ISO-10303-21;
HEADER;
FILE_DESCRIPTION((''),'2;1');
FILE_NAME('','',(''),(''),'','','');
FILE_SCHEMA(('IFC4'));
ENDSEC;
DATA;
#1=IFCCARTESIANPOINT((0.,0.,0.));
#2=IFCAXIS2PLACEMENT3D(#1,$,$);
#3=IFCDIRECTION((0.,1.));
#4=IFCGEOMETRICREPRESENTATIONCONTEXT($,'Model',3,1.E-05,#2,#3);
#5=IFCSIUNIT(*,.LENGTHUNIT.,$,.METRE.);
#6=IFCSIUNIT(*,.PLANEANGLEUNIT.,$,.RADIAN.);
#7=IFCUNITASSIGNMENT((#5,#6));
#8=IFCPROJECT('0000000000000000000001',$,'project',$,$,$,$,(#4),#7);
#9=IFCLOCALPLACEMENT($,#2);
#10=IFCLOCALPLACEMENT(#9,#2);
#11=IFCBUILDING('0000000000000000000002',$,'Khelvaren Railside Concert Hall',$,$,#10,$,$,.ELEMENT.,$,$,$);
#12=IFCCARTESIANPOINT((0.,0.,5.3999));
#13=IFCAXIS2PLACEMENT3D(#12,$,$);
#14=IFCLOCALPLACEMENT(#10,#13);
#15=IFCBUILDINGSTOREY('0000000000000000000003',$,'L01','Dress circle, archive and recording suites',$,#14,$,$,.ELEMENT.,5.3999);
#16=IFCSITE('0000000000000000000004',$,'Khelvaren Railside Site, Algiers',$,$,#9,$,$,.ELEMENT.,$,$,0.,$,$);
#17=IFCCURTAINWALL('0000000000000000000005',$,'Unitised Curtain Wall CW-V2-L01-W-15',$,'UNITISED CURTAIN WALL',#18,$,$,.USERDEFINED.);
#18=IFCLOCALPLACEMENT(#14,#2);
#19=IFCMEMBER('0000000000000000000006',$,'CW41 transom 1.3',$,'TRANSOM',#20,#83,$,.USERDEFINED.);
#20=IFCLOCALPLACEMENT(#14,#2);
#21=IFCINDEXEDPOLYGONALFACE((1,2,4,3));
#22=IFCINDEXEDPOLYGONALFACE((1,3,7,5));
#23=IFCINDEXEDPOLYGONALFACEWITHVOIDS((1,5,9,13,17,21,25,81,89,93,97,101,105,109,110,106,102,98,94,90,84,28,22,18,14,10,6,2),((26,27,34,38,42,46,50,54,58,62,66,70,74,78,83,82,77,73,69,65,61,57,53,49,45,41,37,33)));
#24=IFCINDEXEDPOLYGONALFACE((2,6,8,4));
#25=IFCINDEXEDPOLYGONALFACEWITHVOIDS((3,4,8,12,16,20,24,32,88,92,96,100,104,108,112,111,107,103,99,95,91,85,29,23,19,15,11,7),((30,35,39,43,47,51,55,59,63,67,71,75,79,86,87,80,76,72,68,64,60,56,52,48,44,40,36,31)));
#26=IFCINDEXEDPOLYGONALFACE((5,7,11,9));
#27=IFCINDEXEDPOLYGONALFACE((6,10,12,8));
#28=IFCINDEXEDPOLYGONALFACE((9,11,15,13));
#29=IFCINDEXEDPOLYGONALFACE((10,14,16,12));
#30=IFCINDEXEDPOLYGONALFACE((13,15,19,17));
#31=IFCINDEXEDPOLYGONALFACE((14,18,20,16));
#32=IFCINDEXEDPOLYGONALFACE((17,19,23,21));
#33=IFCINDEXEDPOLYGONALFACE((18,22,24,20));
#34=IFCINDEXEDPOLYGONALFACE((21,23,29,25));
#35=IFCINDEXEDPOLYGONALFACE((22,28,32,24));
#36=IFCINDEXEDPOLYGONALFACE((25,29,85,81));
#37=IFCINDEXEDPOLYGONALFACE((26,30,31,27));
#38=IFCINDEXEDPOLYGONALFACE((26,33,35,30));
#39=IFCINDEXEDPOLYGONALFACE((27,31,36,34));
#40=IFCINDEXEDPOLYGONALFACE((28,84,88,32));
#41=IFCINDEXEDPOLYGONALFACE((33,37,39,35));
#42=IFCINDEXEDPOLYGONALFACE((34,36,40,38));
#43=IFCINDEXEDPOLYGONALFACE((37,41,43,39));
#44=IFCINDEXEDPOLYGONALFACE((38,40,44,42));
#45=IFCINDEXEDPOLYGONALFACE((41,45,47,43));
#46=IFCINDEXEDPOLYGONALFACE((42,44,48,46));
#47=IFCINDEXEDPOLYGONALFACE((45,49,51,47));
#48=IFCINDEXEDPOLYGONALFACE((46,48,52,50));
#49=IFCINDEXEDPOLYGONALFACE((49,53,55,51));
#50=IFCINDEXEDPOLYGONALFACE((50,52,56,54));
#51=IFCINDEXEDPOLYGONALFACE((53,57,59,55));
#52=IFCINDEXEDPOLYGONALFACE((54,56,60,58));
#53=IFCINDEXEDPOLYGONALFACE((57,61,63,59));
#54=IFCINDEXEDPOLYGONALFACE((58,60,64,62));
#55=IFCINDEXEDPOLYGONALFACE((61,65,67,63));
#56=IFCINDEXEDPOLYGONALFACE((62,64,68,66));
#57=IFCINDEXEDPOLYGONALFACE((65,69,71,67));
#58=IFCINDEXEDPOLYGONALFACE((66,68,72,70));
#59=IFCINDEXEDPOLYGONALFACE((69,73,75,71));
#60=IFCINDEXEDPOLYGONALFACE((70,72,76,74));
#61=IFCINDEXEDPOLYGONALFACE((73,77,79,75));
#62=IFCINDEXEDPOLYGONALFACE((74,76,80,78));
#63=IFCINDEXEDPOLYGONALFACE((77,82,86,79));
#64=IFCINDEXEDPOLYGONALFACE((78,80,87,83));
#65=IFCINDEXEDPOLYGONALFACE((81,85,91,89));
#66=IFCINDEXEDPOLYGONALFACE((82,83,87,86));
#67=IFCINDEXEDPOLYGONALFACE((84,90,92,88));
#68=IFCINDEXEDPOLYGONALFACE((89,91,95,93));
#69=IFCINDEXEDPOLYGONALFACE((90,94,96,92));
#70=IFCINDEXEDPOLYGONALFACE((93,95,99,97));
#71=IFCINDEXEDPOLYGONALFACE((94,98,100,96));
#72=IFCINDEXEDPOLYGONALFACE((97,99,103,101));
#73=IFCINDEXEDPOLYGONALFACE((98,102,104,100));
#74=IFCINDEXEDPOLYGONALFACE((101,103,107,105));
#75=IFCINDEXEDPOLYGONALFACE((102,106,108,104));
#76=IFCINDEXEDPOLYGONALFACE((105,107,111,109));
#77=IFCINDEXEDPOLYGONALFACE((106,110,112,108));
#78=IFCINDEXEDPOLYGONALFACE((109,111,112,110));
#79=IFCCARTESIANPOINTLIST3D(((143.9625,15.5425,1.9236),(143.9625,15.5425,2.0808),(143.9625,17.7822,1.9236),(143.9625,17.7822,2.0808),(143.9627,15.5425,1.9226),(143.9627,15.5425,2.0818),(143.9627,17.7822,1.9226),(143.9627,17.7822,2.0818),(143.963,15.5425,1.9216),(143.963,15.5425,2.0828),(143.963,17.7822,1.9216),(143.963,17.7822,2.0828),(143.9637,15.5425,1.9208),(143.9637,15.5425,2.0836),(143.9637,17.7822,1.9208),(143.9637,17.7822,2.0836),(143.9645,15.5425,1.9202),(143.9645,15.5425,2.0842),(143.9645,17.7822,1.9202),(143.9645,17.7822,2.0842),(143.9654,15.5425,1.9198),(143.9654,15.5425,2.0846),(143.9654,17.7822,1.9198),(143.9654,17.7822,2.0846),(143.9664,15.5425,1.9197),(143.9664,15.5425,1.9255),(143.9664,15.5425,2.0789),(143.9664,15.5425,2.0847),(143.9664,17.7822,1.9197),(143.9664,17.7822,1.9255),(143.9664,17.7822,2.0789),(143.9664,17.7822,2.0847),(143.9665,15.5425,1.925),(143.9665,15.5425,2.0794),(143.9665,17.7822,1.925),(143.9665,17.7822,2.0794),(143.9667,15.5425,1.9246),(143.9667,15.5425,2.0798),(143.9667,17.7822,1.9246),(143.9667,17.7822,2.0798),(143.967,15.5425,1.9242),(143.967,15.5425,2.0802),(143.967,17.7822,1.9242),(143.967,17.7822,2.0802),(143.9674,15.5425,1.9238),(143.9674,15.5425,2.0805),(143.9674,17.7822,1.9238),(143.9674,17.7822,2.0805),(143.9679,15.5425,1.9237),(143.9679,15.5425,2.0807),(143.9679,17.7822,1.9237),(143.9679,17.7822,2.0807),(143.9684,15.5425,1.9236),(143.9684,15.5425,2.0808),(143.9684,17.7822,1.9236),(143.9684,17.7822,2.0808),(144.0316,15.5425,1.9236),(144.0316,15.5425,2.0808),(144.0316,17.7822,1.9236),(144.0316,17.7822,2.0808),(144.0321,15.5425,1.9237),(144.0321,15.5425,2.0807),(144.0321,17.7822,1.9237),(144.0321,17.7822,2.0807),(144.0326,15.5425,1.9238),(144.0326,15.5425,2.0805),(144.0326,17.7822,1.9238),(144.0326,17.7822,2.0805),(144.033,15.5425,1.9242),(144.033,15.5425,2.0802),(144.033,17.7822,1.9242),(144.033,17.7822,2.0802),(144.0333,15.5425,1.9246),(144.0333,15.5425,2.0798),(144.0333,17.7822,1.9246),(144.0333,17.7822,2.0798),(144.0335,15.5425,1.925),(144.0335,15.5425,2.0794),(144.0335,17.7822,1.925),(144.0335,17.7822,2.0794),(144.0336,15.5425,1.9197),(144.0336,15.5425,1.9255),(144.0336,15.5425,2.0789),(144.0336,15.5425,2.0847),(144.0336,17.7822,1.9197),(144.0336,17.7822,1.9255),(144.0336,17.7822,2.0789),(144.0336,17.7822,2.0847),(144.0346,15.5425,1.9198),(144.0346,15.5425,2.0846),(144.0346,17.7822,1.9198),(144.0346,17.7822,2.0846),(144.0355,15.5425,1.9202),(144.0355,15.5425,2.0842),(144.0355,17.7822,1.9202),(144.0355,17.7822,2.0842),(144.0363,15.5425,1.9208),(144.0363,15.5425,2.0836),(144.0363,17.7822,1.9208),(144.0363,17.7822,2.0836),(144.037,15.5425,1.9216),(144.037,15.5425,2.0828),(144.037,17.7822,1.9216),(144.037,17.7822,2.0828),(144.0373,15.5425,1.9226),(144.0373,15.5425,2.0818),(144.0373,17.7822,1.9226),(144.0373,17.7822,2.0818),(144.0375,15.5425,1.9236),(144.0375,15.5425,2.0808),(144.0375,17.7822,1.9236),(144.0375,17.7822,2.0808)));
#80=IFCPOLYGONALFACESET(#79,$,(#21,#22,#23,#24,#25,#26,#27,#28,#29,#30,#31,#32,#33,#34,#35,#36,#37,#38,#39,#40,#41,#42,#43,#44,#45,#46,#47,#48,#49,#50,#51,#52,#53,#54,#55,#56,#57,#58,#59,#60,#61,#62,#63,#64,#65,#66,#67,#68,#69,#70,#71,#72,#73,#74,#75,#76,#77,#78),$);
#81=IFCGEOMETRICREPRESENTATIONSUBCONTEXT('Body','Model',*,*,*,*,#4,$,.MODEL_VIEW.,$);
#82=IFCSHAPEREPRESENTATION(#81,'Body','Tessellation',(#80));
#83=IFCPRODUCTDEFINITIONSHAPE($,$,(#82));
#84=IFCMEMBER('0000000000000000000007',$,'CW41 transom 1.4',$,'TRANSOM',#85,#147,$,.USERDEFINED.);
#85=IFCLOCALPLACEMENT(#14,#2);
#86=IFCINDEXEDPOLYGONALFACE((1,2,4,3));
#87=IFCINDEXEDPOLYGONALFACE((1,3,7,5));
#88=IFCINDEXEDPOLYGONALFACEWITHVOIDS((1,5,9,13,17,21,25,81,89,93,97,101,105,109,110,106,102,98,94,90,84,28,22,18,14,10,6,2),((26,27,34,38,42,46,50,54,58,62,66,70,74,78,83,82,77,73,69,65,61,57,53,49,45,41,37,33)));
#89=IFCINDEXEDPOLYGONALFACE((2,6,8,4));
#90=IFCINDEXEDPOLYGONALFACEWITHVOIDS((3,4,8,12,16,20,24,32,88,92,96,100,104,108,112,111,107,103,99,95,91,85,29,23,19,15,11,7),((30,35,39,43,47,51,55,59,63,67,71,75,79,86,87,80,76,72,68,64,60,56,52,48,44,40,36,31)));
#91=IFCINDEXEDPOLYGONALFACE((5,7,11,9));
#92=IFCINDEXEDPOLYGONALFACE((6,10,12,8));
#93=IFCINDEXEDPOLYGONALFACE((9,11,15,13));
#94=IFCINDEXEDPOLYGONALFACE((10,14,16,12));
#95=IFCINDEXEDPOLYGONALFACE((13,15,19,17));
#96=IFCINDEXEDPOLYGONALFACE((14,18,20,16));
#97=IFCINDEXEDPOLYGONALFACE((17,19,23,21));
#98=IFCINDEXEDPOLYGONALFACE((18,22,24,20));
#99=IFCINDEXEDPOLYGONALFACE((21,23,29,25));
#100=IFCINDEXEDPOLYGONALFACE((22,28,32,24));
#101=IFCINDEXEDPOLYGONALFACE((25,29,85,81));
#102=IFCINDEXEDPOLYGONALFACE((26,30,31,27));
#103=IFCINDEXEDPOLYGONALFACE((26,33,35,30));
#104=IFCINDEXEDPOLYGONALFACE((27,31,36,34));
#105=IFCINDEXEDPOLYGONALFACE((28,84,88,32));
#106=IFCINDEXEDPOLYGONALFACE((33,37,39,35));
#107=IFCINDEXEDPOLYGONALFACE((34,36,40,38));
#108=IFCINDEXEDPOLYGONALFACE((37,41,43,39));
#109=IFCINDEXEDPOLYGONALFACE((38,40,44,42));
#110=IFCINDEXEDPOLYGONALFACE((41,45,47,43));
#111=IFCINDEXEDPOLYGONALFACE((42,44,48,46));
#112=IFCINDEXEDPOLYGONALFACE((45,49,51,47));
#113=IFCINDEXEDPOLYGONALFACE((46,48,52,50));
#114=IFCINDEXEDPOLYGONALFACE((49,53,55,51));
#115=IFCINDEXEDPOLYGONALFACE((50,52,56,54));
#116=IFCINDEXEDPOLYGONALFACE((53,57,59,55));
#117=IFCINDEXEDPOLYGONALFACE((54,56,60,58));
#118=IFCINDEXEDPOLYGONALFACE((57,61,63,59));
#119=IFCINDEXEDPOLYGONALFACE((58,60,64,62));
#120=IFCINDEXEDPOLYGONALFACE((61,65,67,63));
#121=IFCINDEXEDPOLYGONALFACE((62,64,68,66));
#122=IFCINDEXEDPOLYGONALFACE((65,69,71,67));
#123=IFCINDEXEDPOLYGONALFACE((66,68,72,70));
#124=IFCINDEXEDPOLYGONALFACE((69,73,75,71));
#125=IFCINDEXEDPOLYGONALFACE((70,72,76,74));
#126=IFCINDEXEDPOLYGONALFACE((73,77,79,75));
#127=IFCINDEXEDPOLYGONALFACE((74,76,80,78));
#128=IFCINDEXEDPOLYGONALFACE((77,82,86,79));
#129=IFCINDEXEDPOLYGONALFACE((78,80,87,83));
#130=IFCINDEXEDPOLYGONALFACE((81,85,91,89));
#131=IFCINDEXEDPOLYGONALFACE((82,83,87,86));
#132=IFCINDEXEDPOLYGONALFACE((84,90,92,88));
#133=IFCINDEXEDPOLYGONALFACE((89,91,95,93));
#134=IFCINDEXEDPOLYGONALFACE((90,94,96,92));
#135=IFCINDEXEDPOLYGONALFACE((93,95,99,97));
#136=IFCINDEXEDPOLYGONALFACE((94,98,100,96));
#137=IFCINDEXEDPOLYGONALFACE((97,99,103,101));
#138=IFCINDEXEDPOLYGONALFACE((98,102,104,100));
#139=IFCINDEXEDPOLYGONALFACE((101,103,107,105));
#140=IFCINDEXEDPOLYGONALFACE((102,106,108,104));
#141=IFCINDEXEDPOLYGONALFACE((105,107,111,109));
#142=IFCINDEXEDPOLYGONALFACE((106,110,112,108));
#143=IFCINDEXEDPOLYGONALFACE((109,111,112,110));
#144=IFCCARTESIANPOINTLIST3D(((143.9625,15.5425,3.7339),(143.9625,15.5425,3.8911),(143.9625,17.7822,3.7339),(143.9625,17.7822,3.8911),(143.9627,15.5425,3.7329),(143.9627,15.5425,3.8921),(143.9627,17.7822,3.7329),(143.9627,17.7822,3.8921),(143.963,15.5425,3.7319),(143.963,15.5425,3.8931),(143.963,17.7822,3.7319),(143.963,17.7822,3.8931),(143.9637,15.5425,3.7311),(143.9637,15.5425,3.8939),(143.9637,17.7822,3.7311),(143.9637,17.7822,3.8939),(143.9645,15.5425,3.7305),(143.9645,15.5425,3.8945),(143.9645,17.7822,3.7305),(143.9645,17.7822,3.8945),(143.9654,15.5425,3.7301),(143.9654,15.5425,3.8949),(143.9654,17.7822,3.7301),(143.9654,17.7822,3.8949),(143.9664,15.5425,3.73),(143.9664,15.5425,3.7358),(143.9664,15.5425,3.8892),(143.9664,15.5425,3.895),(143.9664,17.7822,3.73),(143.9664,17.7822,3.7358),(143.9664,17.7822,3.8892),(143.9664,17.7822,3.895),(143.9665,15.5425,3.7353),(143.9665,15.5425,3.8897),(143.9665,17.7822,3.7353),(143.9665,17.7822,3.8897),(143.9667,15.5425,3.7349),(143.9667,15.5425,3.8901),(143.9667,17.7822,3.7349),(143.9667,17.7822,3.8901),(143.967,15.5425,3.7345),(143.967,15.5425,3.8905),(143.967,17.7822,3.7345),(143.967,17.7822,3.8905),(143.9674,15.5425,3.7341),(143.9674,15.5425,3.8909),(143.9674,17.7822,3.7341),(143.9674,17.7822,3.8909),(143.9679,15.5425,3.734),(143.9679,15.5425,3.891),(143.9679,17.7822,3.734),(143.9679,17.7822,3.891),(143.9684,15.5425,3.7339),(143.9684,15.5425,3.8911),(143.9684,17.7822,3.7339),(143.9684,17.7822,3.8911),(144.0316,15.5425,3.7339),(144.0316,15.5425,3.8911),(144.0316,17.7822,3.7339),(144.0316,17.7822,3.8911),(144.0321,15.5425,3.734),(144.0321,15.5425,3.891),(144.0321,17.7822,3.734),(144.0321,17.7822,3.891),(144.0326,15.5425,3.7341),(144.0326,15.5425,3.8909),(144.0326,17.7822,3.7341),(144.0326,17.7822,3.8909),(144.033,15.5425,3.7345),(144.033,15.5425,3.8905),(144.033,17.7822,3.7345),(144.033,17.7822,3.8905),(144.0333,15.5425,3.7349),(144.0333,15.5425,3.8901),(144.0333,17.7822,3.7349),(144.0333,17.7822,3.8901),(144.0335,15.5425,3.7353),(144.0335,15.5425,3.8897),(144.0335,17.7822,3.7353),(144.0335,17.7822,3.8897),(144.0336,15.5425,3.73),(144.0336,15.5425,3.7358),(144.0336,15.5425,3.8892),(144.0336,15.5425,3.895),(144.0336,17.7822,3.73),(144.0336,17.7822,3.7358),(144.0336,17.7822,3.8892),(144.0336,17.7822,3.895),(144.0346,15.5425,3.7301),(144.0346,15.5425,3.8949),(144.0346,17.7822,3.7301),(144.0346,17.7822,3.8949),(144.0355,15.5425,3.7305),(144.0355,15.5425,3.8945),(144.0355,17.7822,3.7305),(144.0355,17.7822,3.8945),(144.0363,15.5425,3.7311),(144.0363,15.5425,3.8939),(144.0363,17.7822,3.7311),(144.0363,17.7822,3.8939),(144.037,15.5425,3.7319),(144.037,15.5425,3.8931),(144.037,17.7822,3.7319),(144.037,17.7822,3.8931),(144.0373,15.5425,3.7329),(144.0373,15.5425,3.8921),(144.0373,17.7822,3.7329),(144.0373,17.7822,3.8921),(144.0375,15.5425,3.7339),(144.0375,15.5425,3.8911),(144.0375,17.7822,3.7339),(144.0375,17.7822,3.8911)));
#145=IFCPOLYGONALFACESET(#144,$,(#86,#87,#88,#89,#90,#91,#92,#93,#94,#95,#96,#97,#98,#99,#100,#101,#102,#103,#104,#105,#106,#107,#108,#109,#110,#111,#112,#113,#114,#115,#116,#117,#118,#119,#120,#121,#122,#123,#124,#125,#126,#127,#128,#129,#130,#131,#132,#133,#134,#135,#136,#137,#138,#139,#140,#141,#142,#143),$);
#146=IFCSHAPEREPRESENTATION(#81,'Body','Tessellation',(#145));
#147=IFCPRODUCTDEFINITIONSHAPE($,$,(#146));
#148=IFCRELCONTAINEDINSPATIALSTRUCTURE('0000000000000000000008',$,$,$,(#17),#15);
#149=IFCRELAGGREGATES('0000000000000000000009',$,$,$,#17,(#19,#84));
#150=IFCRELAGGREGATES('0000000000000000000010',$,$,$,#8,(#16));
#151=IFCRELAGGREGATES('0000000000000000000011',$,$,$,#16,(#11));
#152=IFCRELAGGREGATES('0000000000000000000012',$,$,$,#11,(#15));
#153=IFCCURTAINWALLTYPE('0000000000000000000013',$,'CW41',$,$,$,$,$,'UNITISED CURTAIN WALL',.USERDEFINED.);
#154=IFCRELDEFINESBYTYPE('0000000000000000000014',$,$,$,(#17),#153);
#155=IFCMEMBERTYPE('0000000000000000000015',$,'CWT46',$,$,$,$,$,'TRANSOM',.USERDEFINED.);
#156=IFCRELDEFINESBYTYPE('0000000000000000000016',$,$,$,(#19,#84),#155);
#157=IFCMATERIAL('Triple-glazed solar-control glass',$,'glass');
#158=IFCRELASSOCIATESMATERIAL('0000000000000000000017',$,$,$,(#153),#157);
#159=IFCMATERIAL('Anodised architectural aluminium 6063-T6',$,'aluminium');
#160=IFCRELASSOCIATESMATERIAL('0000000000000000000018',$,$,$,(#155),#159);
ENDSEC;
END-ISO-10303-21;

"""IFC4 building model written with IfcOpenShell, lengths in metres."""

from ifc_helpers import new_model, si_unit, direction, frame, origin, origin_2d, place, context, subcontext, project, spatial, hollow_rectangle, extrude, material, material_profile, profile_set, type_object, element, aggregate, save


model = new_model("IFC4")

# Units and contexts
model_context = context("Model", 3, precision=1e-05, world=origin(), true_north=direction((0.0, 1.0)))
body_context = subcontext(model_context, "Body", "Model", "MODEL_VIEW")
ifc_project = project(units=[si_unit("LENGTHUNIT", "METRE"), si_unit("PLANEANGLEUNIT", "RADIAN")], contexts=[model_context])

# Site, building, storey
site_placement = place(None, origin())
site = spatial("IfcSite", under=ifc_project, at=site_placement, Name="Khelvaren Railside Site, Algiers", CompositionType="ELEMENT", RefElevation=0.0)
building_placement = place(site_placement, origin())
building = spatial("IfcBuilding", under=site, at=building_placement, Name="Khelvaren Railside Concert Hall", CompositionType="ELEMENT")
storey_placement = place(building_placement, frame((0.0, 0.0, 5.3999)))
storey = spatial("IfcBuildingStorey", under=building, at=storey_placement, Name="L01", Description="Dress circle, archive and recording suites", CompositionType="ELEMENT", Elevation=5.3999)

# Curtain wall, members
ifc_material_1 = material(Name="Triple-glazed solar-control glass", Category="glass")
curtain_wall_type = type_object("IfcCurtainWallType", Name="CW41", ElementType="UNITISED CURTAIN WALL", PredefinedType="USERDEFINED", material=ifc_material_1)
curtain_wall_placement = place(storey_placement, origin())
curtain_wall = element("IfcCurtainWall", 1, at=curtain_wall_placement, inside=storey, type_object=curtain_wall_type, Name="Unitised Curtain Wall CW-V2-L01-W-15", ObjectType="UNITISED CURTAIN WALL", PredefinedType="USERDEFINED")
ifc_material_2 = material(Name="Anodised architectural aluminium 6063-T6", Category="aluminium")
ifc_material_profile_1 = material_profile(ifc_material_2, hollow_rectangle(XDim=0.075, YDim=0.165, WallThickness=0.0039, InnerFilletRadius=0.002, OuterFilletRadius=0.0039, at=origin_2d()), Name="CWT 75x165x4")
ifc_profile_set_1 = profile_set([ifc_material_profile_1], Name="Anodised architectural aluminium 6063-T6")
member_type_1 = type_object("IfcMemberType", Name="CWT46", ElementType="TRANSOM", PredefinedType="USERDEFINED", material=ifc_profile_set_1)
member_1_placement = place(storey_placement, frame((144.0, 15.5425, 2.0022), z_axis=(0.0, 1.0, 0.0), x_axis=(-1.0, 0.0, 0.0)))
member_1 = element("IfcMember", 2, at=member_1_placement, type_object=member_type_1, Name="CW41 transom 1.3", ObjectType="TRANSOM", PredefinedType="USERDEFINED", context=body_context, shape_type="SweptSolid", body=[
    extrude(hollow_rectangle(XDim=0.075, YDim=0.165, WallThickness=0.0039, InnerFilletRadius=0.002, OuterFilletRadius=0.0039, at=origin_2d()), origin(), (0.0, 0.0, 1.0), 2.2397),
])
member_2_placement = place(storey_placement, frame((144.0, 15.5425, 3.8125), z_axis=(0.0, 1.0, 0.0), x_axis=(-1.0, 0.0, 0.0)))
member_2 = element("IfcMember", 3, at=member_2_placement, type_object=member_type_1, Name="CW41 transom 1.4", ObjectType="TRANSOM", PredefinedType="USERDEFINED", context=body_context, shape_type="SweptSolid", body=[
    extrude(hollow_rectangle(XDim=0.075, YDim=0.165, WallThickness=0.0039, InnerFilletRadius=0.002, OuterFilletRadius=0.0039, at=origin_2d()), origin(), (0.0, 0.0, 1.0), 2.2397),
])

aggregate(curtain_wall, [member_1, member_2])

save(model, "model.ifc")
